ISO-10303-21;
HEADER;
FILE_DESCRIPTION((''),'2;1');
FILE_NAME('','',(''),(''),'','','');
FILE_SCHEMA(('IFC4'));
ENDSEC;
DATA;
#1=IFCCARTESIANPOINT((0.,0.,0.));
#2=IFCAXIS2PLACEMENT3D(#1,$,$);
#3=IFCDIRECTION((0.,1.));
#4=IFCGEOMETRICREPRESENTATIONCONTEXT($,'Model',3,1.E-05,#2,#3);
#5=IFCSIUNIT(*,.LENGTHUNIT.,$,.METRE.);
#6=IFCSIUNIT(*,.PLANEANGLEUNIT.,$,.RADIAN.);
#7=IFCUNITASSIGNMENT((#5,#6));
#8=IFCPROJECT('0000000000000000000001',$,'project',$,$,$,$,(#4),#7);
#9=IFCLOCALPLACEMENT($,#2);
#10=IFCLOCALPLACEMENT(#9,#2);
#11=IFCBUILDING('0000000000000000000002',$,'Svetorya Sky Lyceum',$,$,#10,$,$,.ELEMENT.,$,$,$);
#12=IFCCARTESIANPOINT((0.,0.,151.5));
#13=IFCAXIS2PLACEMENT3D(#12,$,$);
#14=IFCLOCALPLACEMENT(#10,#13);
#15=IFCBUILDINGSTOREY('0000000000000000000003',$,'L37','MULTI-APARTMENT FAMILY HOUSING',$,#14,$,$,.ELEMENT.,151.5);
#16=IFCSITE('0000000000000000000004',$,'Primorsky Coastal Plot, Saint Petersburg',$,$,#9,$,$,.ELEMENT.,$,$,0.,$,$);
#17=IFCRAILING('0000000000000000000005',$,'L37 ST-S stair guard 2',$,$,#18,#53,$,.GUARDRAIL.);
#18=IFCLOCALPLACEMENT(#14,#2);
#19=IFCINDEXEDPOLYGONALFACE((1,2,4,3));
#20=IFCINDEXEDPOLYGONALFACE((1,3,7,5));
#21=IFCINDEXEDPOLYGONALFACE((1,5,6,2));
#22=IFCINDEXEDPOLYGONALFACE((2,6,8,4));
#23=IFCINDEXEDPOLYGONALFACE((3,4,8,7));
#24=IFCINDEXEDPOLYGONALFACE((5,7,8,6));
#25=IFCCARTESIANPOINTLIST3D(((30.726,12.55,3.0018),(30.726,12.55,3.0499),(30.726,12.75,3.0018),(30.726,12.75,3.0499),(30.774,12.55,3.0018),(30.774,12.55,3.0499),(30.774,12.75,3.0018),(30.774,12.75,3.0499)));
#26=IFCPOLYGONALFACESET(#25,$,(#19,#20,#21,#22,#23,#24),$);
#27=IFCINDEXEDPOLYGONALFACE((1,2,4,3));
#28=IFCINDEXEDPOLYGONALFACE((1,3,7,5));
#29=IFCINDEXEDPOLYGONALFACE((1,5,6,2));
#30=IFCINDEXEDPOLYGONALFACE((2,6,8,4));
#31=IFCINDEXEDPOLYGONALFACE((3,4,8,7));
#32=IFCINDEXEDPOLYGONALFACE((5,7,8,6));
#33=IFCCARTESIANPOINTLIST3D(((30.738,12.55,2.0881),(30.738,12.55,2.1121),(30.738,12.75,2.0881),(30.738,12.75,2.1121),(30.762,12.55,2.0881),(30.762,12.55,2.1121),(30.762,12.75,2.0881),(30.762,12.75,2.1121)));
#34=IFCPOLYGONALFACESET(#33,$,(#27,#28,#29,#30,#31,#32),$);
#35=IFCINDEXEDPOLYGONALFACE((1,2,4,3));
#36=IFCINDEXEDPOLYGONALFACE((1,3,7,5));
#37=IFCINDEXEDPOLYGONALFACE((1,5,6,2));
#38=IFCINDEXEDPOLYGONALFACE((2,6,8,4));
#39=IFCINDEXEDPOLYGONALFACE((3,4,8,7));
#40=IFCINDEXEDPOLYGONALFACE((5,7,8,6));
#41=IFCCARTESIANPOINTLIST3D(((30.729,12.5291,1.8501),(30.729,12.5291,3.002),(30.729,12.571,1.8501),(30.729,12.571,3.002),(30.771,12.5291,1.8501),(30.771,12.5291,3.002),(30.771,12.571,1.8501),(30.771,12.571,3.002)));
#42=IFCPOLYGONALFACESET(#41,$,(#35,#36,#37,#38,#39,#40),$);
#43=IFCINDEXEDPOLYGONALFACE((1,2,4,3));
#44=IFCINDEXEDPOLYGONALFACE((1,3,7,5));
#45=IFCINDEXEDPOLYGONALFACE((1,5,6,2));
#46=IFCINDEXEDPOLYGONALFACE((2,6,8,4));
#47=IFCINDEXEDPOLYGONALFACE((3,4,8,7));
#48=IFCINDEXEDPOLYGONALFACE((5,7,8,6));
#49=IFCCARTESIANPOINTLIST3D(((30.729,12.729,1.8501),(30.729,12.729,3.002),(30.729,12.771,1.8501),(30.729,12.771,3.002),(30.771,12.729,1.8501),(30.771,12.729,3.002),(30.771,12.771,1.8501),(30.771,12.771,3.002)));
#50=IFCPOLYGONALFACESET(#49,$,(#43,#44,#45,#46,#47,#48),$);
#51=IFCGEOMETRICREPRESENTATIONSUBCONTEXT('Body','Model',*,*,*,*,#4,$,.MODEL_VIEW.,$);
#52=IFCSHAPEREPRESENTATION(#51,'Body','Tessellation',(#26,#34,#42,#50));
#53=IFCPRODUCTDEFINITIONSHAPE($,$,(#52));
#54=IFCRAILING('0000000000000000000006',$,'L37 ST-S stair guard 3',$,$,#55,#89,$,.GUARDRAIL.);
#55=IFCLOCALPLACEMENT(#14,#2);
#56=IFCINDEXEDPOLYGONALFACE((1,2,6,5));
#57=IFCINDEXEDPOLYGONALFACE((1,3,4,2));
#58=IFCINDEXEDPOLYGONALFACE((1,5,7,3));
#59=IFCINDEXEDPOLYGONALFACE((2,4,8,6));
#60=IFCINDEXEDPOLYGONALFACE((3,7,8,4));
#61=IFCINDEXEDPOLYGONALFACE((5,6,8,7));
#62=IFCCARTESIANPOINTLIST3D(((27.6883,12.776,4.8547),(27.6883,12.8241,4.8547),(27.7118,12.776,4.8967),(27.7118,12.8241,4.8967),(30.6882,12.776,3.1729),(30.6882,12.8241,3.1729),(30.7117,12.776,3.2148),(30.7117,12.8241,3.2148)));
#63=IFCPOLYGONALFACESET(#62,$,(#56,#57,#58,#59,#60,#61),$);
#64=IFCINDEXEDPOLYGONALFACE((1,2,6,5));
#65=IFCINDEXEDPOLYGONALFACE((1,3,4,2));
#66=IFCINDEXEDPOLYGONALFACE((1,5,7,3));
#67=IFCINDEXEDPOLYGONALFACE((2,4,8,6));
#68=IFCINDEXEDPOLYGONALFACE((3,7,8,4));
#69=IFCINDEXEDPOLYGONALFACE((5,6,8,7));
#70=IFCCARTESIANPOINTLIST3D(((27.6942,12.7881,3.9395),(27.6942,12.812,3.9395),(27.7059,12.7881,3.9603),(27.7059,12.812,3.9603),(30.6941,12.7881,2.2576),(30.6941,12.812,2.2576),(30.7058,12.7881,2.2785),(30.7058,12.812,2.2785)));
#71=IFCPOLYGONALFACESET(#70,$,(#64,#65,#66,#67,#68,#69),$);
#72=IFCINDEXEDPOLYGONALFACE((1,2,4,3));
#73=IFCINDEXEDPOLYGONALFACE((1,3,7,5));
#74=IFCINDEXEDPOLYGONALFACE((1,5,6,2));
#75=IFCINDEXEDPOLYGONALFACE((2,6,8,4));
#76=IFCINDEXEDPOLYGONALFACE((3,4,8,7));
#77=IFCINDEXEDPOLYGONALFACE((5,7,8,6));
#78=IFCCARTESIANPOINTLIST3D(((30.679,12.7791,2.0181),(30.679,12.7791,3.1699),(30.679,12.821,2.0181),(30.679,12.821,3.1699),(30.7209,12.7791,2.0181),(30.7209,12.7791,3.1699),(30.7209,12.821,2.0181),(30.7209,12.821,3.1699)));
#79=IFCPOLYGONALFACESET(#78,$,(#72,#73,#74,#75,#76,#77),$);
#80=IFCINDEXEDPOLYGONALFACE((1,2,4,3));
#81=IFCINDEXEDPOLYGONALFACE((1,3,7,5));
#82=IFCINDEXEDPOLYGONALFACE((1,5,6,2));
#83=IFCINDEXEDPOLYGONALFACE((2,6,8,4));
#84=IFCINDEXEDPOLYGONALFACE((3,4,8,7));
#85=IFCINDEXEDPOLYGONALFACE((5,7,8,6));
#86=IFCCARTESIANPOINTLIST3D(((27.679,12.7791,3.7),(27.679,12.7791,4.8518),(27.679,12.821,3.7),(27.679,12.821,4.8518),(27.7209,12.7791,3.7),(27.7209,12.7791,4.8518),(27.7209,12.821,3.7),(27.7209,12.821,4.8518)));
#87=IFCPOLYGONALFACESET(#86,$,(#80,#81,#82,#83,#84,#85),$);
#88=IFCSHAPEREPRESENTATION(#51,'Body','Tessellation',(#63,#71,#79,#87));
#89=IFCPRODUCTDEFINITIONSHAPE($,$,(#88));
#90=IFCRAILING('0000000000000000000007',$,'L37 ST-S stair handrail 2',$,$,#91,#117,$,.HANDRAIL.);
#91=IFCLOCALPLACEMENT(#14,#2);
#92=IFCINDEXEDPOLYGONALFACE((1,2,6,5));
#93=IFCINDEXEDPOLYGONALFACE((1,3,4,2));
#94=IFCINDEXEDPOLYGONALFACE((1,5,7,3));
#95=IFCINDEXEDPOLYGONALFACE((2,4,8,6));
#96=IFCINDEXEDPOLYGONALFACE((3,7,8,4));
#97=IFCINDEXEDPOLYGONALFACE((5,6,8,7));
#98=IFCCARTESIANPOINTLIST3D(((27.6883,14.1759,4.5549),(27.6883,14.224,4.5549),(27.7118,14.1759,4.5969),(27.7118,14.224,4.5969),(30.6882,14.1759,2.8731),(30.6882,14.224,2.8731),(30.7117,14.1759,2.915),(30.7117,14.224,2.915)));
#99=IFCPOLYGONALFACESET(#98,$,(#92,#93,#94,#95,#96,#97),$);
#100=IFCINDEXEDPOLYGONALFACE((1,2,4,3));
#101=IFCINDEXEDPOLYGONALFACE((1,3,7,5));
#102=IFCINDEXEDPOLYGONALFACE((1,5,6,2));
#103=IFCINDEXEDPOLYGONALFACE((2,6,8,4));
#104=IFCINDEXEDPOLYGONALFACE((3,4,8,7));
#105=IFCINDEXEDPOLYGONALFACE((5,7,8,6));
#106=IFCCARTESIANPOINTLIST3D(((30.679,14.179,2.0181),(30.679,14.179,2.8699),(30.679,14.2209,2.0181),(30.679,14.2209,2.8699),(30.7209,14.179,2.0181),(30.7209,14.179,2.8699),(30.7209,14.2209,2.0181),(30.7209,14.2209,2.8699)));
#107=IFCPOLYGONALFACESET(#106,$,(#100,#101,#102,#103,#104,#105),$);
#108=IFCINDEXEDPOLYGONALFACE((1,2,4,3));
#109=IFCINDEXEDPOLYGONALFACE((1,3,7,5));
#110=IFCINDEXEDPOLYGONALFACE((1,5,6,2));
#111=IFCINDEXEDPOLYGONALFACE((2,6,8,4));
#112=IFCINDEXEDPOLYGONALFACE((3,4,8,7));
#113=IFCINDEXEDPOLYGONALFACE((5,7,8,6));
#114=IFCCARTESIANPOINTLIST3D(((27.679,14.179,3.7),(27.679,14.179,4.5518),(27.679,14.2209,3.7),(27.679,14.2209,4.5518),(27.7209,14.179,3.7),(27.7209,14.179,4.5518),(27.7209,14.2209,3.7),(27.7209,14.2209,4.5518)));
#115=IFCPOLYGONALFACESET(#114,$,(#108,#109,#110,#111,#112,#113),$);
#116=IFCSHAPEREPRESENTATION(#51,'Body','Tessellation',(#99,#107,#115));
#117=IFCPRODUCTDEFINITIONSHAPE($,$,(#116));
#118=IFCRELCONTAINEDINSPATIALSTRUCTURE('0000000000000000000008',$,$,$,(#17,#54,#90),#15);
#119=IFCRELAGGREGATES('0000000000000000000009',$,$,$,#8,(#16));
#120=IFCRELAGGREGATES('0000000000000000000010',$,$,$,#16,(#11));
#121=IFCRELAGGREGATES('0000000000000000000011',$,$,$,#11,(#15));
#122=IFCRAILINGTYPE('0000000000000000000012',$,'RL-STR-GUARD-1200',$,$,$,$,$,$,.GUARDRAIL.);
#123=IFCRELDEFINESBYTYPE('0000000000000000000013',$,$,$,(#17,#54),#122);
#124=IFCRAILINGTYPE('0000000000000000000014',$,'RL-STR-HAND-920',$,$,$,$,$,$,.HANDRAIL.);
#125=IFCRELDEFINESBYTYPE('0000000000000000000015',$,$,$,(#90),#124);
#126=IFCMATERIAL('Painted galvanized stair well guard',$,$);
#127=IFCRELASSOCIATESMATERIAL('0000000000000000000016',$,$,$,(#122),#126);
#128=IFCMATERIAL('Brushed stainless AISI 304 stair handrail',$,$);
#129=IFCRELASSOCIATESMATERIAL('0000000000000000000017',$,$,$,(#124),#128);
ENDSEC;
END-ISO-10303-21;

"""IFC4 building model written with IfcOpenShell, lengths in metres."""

from ifc_helpers import new_model, si_unit, direction, frame, origin, origin_2d, place, context, subcontext, project, spatial, rectangle, extrude, material, type_object, element, save


model = new_model("IFC4")

# Units and contexts
model_context = context("Model", 3, precision=1e-05, world=origin(), true_north=direction((0.0, 1.0)))
body_context = subcontext(model_context, "Body", "Model", "MODEL_VIEW")
ifc_project = project(units=[si_unit("LENGTHUNIT", "METRE"), si_unit("PLANEANGLEUNIT", "RADIAN")], contexts=[model_context])

# Site, building, storey
site_placement = place(None, origin())
site = spatial("IfcSite", under=ifc_project, at=site_placement, Name="Primorsky Coastal Plot, Saint Petersburg", CompositionType="ELEMENT", RefElevation=0.0)
building_placement = place(site_placement, origin())
building = spatial("IfcBuilding", under=site, at=building_placement, Name="Svetorya Sky Lyceum", CompositionType="ELEMENT")
storey_placement = place(building_placement, frame((0.0, 0.0, 151.5)))
storey = spatial("IfcBuildingStorey", under=building, at=storey_placement, Name="L37", Description="MULTI-APARTMENT FAMILY HOUSING", CompositionType="ELEMENT", Elevation=151.5)

# Railings
ifc_material_1 = material(Name="Painted galvanized stair well guard")
railing_type_1 = type_object("IfcRailingType", Name="RL-STR-GUARD-1200", PredefinedType="GUARDRAIL", material=ifc_material_1)
railing_1_placement = place(storey_placement, frame((30.75, 12.55, 1.8501)))
element("IfcRailing", 1, at=railing_1_placement, inside=storey, type_object=railing_type_1, Name="L37 ST-S stair guard 2", PredefinedType="GUARDRAIL", context=body_context, shape_type="SweptSolid", body=[
    extrude(rectangle(XDim=0.0481, YDim=0.0481, at=origin_2d()), frame((0.0, 0.0, 1.1758), z_axis=(0.0, 1.0, 0.0), x_axis=(-1.0, 0.0, 0.0)), (0.0, 0.0, 1.0), 0.2),
    extrude(rectangle(XDim=0.0239, YDim=0.0239, at=origin_2d()), frame((0.0, 0.0, 0.25), z_axis=(0.0, 1.0, 0.0), x_axis=(-1.0, 0.0, 0.0)), (0.0, 0.0, 1.0), 0.2),
    extrude(rectangle(XDim=0.042, YDim=0.042, at=origin_2d()), origin(), (0.0, 0.0, 1.0), 1.1519),
    extrude(rectangle(XDim=0.042, YDim=0.042, at=origin_2d()), frame((0.0, 0.2, 0.0)), (0.0, 0.0, 1.0), 1.1519),
])
railing_2_placement = place(storey_placement, frame((30.7, 12.8, 2.0181)))
element("IfcRailing", 2, at=railing_2_placement, inside=storey, type_object=railing_type_1, Name="L37 ST-S stair guard 3", PredefinedType="GUARDRAIL", context=body_context, shape_type="SweptSolid", body=[
    extrude(rectangle(XDim=0.0481, YDim=0.0481, at=origin_2d()), frame((0.0, 0.0, 1.1758), z_axis=(-0.872272, 0.0, 0.48902), x_axis=(0.0, -1.0, 0.0)), (0.0, 0.0, 1.0), 3.4392),
    extrude(rectangle(XDim=0.0239, YDim=0.0239, at=origin_2d()), frame((0.0, 0.0, 0.25), z_axis=(-0.872272, 0.0, 0.48902), x_axis=(0.0, -1.0, 0.0)), (0.0, 0.0, 1.0), 3.4392),
    extrude(rectangle(XDim=0.042, YDim=0.042, at=origin_2d()), origin(), (0.0, 0.0, 1.0), 1.1519),
    extrude(rectangle(XDim=0.042, YDim=0.042, at=origin_2d()), frame((-3.0, 0.0, 1.6819)), (0.0, 0.0, 1.0), 1.1519),
])
ifc_material_2 = material(Name="Brushed stainless AISI 304 stair handrail")
railing_type_2 = type_object("IfcRailingType", Name="RL-STR-HAND-920", PredefinedType="HANDRAIL", material=ifc_material_2)
railing_3_placement = place(storey_placement, frame((30.7, 14.2, 2.0181)))
element("IfcRailing", 3, at=railing_3_placement, inside=storey, type_object=railing_type_2, Name="L37 ST-S stair handrail 2", PredefinedType="HANDRAIL", context=body_context, shape_type="SweptSolid", body=[
    extrude(rectangle(XDim=0.0481, YDim=0.0481, at=origin_2d()), frame((0.0, 0.0, 0.876), z_axis=(-0.872272, 0.0, 0.48902), x_axis=(0.0, -1.0, 0.0)), (0.0, 0.0, 1.0), 3.4392),
    extrude(rectangle(XDim=0.042, YDim=0.042, at=origin_2d()), origin(), (0.0, 0.0, 1.0), 0.8518),
    extrude(rectangle(XDim=0.042, YDim=0.042, at=origin_2d()), frame((-3.0, 0.0, 1.6819)), (0.0, 0.0, 1.0), 0.8518),
])

save(model, "model.ifc")
